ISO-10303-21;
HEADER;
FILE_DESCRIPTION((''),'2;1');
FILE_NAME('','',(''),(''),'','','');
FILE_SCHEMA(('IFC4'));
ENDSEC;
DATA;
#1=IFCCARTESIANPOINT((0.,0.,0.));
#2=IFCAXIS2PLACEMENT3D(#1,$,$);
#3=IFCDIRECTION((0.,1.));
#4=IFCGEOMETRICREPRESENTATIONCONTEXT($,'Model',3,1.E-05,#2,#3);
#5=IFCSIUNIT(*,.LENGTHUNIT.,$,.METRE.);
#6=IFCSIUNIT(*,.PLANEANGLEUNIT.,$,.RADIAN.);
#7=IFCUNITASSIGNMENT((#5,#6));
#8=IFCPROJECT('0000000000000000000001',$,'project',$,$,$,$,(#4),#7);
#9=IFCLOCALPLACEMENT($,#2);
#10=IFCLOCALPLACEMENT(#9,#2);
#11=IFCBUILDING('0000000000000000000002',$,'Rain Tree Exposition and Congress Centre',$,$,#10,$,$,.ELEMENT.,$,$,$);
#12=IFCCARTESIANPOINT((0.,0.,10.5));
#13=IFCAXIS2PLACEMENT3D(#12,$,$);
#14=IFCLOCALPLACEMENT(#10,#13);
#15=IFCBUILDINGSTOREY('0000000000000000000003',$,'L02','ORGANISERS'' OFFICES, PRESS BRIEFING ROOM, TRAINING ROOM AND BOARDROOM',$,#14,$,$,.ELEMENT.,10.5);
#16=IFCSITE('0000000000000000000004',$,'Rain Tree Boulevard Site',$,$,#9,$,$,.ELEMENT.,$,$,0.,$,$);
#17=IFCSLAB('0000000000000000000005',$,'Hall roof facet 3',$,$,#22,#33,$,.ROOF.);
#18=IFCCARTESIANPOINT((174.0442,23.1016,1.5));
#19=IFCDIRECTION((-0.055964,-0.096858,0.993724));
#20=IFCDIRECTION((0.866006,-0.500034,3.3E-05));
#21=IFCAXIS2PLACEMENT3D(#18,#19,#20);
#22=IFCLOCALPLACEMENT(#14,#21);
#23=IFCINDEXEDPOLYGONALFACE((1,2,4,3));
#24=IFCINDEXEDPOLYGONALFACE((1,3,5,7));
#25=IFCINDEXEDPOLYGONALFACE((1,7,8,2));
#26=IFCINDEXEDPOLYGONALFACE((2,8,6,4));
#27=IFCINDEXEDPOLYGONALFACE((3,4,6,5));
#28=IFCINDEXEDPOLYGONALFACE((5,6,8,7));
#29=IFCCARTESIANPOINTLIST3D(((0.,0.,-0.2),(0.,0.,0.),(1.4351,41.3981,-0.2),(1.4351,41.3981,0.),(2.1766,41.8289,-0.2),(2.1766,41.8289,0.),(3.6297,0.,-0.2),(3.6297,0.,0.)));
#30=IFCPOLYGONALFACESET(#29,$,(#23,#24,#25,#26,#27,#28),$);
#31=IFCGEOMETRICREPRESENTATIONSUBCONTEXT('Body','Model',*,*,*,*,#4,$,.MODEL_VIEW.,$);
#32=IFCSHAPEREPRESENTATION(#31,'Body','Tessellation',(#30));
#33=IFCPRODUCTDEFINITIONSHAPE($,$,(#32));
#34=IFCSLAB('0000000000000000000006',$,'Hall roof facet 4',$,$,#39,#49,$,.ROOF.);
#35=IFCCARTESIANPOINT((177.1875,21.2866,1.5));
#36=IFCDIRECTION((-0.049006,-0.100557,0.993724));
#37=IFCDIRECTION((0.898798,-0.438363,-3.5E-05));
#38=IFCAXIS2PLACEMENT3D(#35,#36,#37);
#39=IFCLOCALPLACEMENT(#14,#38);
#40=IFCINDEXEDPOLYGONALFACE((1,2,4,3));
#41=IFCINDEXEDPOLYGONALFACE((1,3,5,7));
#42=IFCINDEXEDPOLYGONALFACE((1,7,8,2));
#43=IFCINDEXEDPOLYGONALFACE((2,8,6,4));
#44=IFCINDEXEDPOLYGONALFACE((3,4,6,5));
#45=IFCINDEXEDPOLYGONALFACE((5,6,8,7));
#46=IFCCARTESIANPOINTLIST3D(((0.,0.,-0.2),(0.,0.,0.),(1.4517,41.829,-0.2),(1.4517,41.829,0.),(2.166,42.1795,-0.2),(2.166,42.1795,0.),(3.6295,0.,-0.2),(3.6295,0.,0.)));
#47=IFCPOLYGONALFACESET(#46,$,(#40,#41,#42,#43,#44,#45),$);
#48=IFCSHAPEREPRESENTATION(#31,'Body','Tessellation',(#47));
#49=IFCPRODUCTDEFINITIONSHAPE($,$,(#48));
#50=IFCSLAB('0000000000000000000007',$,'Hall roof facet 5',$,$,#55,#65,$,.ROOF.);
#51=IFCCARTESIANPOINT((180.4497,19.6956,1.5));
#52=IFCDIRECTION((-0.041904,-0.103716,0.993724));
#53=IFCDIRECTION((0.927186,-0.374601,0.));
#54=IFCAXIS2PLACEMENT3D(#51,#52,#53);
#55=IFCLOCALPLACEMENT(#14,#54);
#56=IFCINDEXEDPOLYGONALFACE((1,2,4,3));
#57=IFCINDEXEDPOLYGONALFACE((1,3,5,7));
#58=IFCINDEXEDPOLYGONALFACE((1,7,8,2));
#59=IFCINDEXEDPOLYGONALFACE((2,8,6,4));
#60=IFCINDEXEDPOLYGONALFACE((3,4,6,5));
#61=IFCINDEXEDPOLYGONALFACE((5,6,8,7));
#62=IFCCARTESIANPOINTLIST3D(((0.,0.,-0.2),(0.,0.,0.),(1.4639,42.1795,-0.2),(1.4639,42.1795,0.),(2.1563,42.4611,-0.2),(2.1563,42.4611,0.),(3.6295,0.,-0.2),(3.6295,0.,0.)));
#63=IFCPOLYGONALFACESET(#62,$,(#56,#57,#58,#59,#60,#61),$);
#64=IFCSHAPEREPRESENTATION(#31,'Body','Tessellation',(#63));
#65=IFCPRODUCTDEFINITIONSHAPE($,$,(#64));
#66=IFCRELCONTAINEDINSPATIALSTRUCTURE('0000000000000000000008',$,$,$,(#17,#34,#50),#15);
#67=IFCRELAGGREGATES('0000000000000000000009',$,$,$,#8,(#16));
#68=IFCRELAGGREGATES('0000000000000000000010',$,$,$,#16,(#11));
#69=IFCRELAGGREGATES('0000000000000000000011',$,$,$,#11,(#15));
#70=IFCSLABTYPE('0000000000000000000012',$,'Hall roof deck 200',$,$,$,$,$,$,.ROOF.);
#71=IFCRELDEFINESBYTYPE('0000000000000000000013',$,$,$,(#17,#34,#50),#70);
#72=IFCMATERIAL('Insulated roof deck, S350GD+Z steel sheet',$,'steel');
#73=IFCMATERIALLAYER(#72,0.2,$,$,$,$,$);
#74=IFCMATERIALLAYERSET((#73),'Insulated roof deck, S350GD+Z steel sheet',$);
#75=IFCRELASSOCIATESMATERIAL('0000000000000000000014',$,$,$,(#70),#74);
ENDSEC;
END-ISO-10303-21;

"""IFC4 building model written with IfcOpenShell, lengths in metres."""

from ifc_helpers import new_model, si_unit, direction, frame, origin, place, context, subcontext, project, spatial, polyline, outline, extrude, material, layer, layer_set, type_object, element, save


model = new_model("IFC4")

# Units and contexts
model_context = context("Model", 3, precision=1e-05, world=origin(), true_north=direction((0.0, 1.0)))
body_context = subcontext(model_context, "Body", "Model", "MODEL_VIEW")
ifc_project = project(units=[si_unit("LENGTHUNIT", "METRE"), si_unit("PLANEANGLEUNIT", "RADIAN")], contexts=[model_context])

# Site, building, storey
site_placement = place(None, origin())
site = spatial("IfcSite", under=ifc_project, at=site_placement, Name="Rain Tree Boulevard Site", CompositionType="ELEMENT", RefElevation=0.0)
building_placement = place(site_placement, origin())
building = spatial("IfcBuilding", under=site, at=building_placement, Name="Rain Tree Exposition and Congress Centre", CompositionType="ELEMENT")
storey_placement = place(building_placement, frame((0.0, 0.0, 10.5)))
storey = spatial("IfcBuildingStorey", under=building, at=storey_placement, Name="L02", Description="ORGANISERS' OFFICES, PRESS BRIEFING ROOM, TRAINING ROOM AND BOARDROOM", CompositionType="ELEMENT", Elevation=10.5)

# Slabs
ifc_material_1 = material(Name="Insulated roof deck, S350GD+Z steel sheet", Category="steel")
ifc_layer_1 = layer(ifc_material_1, 0.2)
ifc_layer_set_1 = layer_set([ifc_layer_1], Name="Insulated roof deck, S350GD+Z steel sheet")
slab_type = type_object("IfcSlabType", Name="Hall roof deck 200", PredefinedType="ROOF", material=ifc_layer_set_1)
slab_1_placement = place(storey_placement, frame((174.0442, 23.1016, 1.5), z_axis=(-0.055964, -0.096858, 0.993724), x_axis=(0.866006, -0.500034, 0.000033)))
element("IfcSlab", 1, at=slab_1_placement, inside=storey, type_object=slab_type, Name="Hall roof facet 3", PredefinedType="ROOF", context=body_context, shape_type="SweptSolid", body=[
    extrude(outline(polyline([(0.0, 0.0), (3.6297, 0.0), (2.1766, 41.8289), (1.4351, 41.3981), (0.0, 0.0)])), origin(), (0.0, 0.0, -1.0), 0.2),
])
slab_2_placement = place(storey_placement, frame((177.1875, 21.2866, 1.5), z_axis=(-0.049006, -0.100557, 0.993724), x_axis=(0.898798, -0.438363, -0.000035)))
element("IfcSlab", 2, at=slab_2_placement, inside=storey, type_object=slab_type, Name="Hall roof facet 4", PredefinedType="ROOF", context=body_context, shape_type="SweptSolid", body=[
    extrude(outline(polyline([(0.0, 0.0), (3.6295, 0.0), (2.166, 42.1795), (1.4517, 41.829), (0.0, 0.0)])), origin(), (0.0, 0.0, -1.0), 0.2),
])
slab_3_placement = place(storey_placement, frame((180.4497, 19.6956, 1.5), z_axis=(-0.041904, -0.103716, 0.993724), x_axis=(0.927186, -0.374601, 0.0)))
element("IfcSlab", 3, at=slab_3_placement, inside=storey, type_object=slab_type, Name="Hall roof facet 5", PredefinedType="ROOF", context=body_context, shape_type="SweptSolid", body=[
    extrude(outline(polyline([(0.0, 0.0), (3.6295, 0.0), (2.1563, 42.4611), (1.4639, 42.1795), (0.0, 0.0)])), origin(), (0.0, 0.0, -1.0), 0.2),
])

save(model, "model.ifc")
